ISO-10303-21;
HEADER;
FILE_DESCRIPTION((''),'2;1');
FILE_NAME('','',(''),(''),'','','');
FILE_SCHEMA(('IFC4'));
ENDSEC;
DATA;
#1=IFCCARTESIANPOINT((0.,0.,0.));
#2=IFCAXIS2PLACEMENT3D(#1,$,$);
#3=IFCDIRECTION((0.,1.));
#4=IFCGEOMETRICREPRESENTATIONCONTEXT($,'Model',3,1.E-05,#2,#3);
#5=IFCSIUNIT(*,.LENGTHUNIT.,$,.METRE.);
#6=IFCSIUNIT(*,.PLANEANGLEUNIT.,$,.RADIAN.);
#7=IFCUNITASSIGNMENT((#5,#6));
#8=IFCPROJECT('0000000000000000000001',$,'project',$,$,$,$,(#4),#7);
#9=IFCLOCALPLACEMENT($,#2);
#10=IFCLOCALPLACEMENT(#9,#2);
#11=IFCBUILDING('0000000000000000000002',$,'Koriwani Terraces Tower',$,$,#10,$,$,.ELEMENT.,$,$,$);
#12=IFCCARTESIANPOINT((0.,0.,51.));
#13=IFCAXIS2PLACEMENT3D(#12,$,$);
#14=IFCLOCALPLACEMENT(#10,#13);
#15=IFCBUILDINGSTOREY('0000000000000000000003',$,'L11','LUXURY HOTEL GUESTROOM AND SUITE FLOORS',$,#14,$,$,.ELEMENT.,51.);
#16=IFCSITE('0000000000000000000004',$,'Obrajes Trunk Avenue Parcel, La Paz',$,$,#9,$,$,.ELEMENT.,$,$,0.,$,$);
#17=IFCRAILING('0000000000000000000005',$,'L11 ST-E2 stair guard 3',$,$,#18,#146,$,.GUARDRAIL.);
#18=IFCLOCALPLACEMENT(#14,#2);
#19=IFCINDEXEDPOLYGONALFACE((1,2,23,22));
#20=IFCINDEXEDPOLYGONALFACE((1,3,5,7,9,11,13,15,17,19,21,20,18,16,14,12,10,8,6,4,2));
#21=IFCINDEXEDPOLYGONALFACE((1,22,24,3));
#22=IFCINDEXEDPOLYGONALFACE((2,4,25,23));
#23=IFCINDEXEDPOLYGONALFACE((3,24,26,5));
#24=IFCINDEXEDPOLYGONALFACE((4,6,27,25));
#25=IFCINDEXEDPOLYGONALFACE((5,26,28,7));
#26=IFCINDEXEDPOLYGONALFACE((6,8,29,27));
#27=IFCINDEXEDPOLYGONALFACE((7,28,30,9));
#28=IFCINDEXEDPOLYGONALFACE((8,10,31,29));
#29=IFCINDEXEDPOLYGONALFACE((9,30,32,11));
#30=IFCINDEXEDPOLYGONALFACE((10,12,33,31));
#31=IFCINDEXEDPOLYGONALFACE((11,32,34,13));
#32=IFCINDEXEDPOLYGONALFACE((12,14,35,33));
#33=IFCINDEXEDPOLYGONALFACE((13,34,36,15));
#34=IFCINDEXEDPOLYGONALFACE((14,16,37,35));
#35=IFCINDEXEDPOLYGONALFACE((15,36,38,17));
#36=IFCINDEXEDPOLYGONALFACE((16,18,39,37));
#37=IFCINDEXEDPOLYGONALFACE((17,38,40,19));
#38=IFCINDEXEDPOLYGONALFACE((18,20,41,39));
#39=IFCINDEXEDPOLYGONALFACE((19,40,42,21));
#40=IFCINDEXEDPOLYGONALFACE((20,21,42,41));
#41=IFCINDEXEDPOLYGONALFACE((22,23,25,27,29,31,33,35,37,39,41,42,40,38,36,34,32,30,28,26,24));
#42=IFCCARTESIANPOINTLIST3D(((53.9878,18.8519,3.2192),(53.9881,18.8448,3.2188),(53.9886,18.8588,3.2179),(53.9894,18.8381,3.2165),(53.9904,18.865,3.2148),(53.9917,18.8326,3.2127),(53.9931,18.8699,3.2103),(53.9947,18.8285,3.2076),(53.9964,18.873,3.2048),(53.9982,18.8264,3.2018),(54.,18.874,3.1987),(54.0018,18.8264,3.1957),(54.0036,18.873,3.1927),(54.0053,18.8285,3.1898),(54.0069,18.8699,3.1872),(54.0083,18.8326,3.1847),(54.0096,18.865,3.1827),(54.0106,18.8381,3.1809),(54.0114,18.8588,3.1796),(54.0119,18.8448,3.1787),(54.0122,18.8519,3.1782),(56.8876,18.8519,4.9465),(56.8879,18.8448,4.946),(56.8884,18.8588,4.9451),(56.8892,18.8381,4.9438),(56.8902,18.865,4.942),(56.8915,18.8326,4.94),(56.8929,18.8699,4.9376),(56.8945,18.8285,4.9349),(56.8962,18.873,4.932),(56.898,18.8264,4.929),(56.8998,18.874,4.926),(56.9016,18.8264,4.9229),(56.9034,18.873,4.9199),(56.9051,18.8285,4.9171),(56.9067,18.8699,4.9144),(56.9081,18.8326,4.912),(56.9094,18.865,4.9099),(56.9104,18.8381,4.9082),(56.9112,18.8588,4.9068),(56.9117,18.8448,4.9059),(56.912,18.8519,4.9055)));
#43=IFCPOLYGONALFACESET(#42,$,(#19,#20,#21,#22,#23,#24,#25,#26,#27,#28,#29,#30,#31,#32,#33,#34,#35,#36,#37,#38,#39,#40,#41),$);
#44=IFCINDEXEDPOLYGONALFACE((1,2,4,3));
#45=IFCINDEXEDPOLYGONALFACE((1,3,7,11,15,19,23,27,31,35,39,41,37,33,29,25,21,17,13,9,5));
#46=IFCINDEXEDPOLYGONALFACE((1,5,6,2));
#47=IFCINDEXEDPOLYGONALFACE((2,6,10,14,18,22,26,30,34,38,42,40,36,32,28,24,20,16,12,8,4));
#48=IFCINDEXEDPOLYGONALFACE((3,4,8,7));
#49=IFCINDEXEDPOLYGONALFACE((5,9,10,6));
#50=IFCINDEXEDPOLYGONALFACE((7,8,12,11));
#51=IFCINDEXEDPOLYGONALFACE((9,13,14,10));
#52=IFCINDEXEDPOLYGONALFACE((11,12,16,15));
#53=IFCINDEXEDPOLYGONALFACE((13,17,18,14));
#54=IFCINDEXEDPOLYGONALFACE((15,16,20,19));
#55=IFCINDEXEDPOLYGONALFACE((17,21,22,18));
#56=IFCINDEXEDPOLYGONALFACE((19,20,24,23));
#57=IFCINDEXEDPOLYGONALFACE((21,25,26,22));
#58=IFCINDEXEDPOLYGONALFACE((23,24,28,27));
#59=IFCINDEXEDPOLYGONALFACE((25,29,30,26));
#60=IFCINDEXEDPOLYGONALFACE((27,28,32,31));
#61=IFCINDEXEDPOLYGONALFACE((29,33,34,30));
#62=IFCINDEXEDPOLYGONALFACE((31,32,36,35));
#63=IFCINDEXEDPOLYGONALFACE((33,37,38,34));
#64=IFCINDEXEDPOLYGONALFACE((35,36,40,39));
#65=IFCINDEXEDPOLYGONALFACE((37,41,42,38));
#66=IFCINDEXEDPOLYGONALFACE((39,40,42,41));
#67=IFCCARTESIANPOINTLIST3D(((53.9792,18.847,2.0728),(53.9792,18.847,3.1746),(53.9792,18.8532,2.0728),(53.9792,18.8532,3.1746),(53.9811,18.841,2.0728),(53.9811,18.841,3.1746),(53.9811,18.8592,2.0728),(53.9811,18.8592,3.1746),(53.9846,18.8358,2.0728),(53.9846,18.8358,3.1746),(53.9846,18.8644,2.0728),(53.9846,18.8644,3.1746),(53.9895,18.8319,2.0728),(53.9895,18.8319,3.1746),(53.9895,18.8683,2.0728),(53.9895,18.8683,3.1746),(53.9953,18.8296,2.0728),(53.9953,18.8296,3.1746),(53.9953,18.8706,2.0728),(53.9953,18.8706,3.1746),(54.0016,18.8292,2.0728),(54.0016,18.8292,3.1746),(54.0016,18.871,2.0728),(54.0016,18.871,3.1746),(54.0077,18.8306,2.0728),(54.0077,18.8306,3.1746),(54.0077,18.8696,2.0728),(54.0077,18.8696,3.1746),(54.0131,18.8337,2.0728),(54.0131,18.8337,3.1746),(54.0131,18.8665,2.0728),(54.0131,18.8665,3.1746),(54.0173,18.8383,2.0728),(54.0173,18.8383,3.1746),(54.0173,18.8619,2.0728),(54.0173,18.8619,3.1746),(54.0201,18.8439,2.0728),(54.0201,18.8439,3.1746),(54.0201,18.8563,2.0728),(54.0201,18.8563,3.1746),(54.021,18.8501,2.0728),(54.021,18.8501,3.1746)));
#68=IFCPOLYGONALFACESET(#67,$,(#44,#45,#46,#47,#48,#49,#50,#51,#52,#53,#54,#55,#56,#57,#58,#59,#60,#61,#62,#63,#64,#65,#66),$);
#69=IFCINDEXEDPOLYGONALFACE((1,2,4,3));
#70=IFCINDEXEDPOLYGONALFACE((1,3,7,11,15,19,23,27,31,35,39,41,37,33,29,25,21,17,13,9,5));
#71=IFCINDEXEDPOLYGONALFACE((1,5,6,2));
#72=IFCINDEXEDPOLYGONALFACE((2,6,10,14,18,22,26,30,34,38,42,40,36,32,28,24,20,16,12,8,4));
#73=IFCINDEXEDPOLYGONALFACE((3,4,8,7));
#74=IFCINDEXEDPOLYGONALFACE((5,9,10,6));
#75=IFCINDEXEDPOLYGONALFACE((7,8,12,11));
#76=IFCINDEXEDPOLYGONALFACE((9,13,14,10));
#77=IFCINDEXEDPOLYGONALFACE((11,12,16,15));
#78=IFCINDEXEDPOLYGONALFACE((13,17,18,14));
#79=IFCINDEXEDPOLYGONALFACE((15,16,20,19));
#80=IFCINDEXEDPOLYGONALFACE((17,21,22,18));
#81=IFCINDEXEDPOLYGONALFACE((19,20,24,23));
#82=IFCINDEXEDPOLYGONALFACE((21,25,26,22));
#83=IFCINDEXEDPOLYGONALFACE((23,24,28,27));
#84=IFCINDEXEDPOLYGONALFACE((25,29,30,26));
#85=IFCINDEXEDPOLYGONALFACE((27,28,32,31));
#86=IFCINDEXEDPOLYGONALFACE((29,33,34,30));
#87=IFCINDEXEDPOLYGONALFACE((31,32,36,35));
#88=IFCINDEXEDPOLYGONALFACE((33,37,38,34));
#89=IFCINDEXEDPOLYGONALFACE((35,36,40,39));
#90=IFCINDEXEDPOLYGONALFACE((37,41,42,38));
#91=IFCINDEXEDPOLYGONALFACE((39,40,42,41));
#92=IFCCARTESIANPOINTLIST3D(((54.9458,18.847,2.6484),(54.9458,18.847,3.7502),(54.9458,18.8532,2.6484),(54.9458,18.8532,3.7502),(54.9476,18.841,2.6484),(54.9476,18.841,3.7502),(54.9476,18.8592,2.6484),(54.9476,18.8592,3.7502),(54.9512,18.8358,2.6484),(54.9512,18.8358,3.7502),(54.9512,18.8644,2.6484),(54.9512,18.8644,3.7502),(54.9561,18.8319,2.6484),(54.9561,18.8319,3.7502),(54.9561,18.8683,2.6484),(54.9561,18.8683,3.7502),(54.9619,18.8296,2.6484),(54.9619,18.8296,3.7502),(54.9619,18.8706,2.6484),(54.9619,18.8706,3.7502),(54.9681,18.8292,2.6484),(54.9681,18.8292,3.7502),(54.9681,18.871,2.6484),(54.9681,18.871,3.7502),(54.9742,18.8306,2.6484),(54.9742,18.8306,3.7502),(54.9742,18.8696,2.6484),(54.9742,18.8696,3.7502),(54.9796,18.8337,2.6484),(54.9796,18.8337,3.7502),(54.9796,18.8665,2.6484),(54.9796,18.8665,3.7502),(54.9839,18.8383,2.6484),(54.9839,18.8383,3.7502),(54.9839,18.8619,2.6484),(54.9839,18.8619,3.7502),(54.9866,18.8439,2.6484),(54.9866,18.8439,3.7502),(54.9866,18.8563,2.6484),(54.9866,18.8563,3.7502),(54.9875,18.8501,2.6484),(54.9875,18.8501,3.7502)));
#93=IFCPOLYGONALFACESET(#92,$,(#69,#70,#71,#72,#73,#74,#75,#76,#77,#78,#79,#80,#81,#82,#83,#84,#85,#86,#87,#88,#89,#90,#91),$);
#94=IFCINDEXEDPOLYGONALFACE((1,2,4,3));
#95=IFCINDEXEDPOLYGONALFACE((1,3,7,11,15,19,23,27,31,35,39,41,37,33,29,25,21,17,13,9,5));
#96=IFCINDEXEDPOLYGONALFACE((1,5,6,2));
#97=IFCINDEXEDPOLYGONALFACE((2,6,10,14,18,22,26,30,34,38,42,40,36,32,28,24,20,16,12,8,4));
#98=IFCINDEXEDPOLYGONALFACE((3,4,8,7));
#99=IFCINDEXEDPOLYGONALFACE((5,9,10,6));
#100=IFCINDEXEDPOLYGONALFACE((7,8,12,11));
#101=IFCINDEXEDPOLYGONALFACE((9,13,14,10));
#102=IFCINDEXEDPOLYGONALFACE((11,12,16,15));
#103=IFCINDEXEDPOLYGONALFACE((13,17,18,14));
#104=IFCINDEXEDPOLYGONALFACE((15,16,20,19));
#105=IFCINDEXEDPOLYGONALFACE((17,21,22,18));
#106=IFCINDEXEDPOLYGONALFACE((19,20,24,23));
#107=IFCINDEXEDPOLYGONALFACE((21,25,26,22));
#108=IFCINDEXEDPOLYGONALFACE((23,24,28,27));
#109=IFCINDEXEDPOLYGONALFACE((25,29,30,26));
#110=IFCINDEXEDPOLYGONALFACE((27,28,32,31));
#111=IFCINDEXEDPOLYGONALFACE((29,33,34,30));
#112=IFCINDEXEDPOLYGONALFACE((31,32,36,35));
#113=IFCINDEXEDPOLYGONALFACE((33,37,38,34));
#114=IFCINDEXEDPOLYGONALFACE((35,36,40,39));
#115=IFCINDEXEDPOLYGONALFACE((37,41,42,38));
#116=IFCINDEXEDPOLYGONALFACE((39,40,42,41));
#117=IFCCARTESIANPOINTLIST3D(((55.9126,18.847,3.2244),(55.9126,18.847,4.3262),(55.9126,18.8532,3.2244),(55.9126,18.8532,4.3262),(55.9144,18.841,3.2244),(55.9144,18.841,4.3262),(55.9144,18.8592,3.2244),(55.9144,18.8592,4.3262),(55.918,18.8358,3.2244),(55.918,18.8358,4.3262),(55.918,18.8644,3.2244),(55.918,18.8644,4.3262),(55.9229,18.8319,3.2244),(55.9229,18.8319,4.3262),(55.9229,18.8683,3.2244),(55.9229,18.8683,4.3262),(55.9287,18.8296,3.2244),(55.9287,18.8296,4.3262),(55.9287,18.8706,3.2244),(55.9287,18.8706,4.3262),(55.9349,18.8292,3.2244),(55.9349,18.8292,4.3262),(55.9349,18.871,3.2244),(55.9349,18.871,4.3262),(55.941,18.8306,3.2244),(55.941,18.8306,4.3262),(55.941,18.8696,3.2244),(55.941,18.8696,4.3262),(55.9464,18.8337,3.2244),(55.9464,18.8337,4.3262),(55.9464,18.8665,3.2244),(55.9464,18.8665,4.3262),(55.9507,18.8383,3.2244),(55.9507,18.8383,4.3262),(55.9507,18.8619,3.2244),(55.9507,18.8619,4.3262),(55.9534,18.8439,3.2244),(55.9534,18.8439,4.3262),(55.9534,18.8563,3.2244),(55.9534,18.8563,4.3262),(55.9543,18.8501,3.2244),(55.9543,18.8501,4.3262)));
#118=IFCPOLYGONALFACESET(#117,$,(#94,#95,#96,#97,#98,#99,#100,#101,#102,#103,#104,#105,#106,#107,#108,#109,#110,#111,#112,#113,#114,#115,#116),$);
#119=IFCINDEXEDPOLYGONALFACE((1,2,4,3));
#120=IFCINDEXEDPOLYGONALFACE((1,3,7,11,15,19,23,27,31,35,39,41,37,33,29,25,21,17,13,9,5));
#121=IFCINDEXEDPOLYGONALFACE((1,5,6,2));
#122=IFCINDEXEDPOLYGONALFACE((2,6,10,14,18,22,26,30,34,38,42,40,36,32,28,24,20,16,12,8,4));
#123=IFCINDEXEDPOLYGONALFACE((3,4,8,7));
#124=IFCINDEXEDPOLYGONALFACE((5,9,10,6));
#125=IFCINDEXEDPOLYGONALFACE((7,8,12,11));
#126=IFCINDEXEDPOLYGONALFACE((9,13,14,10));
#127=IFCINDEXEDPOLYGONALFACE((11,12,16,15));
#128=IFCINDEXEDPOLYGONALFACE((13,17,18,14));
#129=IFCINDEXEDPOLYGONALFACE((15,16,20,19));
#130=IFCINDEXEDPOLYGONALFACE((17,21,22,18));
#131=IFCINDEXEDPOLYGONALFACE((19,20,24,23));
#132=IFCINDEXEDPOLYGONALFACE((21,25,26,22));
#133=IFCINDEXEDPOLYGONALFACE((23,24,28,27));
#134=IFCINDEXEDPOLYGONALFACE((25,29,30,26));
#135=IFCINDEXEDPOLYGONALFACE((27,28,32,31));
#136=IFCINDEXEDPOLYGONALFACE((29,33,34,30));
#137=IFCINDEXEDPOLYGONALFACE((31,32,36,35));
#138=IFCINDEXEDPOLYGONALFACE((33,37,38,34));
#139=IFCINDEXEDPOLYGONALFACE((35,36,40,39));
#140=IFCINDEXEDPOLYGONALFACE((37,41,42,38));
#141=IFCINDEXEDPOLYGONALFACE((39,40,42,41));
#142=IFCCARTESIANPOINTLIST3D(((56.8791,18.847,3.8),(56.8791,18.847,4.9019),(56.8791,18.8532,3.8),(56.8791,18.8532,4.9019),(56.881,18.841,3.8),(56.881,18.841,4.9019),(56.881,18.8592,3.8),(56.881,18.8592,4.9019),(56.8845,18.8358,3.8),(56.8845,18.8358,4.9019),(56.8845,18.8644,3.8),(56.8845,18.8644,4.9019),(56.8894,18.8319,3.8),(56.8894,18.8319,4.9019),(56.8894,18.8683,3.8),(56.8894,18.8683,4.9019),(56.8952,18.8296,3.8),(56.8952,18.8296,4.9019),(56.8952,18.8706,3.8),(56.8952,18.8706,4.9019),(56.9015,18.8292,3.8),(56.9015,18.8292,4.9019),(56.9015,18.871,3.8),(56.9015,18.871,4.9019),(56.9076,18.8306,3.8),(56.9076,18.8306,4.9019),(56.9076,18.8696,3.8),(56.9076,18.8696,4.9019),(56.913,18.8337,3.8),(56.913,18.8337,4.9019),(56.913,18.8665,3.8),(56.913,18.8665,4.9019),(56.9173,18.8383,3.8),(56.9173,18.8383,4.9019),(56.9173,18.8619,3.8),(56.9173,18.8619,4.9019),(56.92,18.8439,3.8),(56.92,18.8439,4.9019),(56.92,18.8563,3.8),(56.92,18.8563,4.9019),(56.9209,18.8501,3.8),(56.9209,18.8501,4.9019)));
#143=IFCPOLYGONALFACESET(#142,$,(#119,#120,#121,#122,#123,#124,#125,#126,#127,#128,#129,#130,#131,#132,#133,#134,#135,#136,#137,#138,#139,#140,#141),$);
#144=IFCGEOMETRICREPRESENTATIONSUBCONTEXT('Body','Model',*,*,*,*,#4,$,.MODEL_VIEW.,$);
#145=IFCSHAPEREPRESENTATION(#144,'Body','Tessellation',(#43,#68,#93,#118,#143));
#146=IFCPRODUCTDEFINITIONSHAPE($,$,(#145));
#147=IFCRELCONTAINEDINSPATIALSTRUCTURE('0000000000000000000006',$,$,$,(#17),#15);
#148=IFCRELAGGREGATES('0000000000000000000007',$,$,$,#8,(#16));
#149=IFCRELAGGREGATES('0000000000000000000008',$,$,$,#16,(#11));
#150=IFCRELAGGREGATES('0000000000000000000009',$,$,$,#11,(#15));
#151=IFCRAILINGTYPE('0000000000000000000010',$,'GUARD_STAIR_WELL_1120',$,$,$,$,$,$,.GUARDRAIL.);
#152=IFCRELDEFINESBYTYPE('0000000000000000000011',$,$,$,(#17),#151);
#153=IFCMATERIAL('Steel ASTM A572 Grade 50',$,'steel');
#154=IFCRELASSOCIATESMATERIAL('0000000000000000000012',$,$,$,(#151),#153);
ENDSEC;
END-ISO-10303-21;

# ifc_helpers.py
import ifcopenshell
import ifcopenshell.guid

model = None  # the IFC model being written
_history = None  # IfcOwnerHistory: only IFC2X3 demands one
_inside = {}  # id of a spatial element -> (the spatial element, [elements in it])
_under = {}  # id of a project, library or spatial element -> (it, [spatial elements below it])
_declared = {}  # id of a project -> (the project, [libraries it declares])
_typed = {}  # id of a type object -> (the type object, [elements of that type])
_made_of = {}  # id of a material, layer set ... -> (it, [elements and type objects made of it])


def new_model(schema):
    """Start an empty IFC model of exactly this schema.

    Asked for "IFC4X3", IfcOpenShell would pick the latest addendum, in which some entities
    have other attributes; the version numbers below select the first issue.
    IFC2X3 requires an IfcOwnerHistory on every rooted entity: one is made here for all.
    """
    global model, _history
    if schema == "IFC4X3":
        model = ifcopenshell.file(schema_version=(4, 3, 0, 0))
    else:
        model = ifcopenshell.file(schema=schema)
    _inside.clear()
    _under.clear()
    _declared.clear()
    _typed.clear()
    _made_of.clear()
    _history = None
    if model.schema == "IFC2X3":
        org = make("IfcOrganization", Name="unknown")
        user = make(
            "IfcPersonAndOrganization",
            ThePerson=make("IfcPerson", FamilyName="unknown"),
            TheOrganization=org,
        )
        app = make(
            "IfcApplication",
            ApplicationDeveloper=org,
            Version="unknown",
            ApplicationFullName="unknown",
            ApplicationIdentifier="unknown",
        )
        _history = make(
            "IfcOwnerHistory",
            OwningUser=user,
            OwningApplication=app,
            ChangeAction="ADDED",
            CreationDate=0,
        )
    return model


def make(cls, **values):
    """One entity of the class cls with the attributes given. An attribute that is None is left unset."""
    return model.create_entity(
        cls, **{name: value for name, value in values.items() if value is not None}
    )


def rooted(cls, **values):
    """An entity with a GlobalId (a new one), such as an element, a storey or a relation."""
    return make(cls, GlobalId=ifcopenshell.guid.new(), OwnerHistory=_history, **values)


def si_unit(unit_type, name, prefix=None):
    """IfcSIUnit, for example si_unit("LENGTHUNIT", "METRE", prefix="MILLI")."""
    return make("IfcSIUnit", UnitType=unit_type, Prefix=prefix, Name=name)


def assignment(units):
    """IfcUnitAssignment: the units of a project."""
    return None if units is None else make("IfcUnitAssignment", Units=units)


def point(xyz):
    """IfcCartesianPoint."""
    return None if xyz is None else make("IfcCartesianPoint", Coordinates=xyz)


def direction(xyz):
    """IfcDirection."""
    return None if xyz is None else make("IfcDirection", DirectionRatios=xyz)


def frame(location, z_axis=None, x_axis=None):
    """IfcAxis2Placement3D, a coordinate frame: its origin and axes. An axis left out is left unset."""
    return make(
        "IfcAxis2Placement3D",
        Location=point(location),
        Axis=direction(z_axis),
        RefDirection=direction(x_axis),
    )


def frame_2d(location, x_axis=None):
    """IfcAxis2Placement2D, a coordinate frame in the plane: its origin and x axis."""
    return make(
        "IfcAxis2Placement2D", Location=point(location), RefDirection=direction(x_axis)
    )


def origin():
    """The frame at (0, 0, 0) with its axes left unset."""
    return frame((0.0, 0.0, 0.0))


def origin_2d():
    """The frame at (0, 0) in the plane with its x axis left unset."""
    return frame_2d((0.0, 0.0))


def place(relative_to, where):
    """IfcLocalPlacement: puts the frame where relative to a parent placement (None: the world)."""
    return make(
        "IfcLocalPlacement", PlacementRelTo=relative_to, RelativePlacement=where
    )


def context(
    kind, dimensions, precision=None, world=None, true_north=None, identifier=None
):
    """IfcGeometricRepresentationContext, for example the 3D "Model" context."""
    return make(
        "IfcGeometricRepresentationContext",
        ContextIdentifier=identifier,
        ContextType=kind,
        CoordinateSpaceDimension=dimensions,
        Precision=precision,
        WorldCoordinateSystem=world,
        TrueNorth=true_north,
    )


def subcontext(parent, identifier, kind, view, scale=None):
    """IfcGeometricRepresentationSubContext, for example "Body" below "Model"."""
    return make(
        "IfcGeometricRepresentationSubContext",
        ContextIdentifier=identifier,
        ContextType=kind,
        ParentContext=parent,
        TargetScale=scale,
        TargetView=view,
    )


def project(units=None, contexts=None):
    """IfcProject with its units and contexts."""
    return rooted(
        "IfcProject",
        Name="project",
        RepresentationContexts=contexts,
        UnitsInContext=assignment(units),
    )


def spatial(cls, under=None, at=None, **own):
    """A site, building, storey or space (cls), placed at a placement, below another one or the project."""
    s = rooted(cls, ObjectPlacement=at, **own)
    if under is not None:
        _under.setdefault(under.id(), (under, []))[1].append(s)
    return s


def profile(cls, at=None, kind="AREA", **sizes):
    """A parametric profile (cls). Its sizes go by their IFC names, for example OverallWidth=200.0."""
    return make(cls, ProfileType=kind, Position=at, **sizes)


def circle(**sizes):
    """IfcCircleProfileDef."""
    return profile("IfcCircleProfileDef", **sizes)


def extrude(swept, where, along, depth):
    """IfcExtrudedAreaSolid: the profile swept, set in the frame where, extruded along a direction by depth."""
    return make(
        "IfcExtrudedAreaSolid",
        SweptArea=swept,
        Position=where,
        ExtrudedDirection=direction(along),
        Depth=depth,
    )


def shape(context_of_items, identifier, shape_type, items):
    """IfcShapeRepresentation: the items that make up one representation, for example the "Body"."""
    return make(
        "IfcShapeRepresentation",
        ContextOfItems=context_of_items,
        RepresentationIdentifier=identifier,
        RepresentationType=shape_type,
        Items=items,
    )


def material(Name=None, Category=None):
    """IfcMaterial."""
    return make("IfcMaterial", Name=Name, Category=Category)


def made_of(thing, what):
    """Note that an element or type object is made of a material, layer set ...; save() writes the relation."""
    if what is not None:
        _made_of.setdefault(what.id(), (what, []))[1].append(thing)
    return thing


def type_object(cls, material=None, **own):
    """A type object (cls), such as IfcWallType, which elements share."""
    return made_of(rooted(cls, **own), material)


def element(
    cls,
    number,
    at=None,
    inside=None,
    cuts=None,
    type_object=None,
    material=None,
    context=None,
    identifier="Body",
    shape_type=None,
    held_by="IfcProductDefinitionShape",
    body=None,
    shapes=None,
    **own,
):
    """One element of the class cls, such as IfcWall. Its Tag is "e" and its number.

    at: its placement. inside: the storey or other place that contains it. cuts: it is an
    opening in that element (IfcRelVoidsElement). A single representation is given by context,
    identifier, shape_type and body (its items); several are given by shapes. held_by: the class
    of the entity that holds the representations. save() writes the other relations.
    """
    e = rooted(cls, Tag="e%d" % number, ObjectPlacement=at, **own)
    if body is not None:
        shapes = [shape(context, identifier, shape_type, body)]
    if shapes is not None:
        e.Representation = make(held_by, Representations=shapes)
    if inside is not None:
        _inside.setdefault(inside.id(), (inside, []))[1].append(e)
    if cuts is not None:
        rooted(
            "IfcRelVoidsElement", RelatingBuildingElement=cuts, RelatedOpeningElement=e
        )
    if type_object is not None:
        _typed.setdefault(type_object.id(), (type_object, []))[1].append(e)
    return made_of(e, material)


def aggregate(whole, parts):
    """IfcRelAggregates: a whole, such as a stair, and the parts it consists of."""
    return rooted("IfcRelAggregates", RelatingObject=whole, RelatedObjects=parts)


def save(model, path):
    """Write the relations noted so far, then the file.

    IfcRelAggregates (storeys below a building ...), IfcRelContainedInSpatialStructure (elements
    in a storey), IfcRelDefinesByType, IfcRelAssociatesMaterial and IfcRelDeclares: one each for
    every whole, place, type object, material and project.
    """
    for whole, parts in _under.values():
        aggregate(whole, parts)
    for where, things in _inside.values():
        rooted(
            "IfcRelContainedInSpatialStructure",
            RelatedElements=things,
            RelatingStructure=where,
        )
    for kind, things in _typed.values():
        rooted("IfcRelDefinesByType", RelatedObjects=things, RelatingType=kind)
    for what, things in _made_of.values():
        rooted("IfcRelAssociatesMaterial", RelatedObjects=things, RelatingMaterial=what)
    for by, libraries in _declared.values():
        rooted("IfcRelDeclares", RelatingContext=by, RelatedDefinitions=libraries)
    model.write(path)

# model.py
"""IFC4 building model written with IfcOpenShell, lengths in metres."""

from ifc_helpers import new_model, si_unit, direction, frame, origin, origin_2d, place, context, subcontext, project, spatial, circle, extrude, material, type_object, element, save


model = new_model("IFC4")

# Units and contexts
model_context = context("Model", 3, precision=1e-05, world=origin(), true_north=direction((0.0, 1.0)))
body_context = subcontext(model_context, "Body", "Model", "MODEL_VIEW")
ifc_project = project(units=[si_unit("LENGTHUNIT", "METRE"), si_unit("PLANEANGLEUNIT", "RADIAN")], contexts=[model_context])

# Site, building, storey
site_placement = place(None, origin())
site = spatial("IfcSite", under=ifc_project, at=site_placement, Name="Obrajes Trunk Avenue Parcel, La Paz", CompositionType="ELEMENT", RefElevation=0.0)
building_placement = place(site_placement, origin())
building = spatial("IfcBuilding", under=site, at=building_placement, Name="Koriwani Terraces Tower", CompositionType="ELEMENT")
storey_placement = place(building_placement, frame((0.0, 0.0, 51.0)))
storey = spatial("IfcBuildingStorey", under=building, at=storey_placement, Name="L11", Description="LUXURY HOTEL GUESTROOM AND SUITE FLOORS", CompositionType="ELEMENT", Elevation=51.0)

# Shared definitions
ifc_material_1 = material(Name="Steel ASTM A572 Grade 50", Category="steel")

# Railing
railing_type_1 = type_object("IfcRailingType", Name="GUARD_STAIR_WELL_1120", PredefinedType="GUARDRAIL", material=ifc_material_1)
railing_1_placement = place(storey_placement, frame((54.0, 18.8501, 2.0728)))
element("IfcRailing", 1, at=railing_1_placement, inside=storey, type_object=railing_type_1, Name="L11 ST-E2 stair guard 3", PredefinedType="GUARDRAIL", context=body_context, shape_type="SweptSolid", body=[
    extrude(circle(Radius=0.0239, at=origin_2d()), frame((0.0, 0.0, 1.126), z_axis=(0.859141, 0.0, 0.511738), x_axis=(0.0, 1.0, 0.0)), (0.0, 0.0, 1.0), 3.3752),
    extrude(circle(Radius=0.021, at=origin_2d()), origin(), (0.0, 0.0, 1.0), 1.1018),
    extrude(circle(Radius=0.021, at=origin_2d()), frame((0.9666, 0.0, 0.5757)), (0.0, 0.0, 1.0), 1.1018),
    extrude(circle(Radius=0.021, at=origin_2d()), frame((1.9333, 0.0, 1.1516)), (0.0, 0.0, 1.0), 1.1018),
    extrude(circle(Radius=0.021, at=origin_2d()), frame((2.8999, 0.0, 1.7273)), (0.0, 0.0, 1.0), 1.1018),
])

save(model, "model.ifc")
